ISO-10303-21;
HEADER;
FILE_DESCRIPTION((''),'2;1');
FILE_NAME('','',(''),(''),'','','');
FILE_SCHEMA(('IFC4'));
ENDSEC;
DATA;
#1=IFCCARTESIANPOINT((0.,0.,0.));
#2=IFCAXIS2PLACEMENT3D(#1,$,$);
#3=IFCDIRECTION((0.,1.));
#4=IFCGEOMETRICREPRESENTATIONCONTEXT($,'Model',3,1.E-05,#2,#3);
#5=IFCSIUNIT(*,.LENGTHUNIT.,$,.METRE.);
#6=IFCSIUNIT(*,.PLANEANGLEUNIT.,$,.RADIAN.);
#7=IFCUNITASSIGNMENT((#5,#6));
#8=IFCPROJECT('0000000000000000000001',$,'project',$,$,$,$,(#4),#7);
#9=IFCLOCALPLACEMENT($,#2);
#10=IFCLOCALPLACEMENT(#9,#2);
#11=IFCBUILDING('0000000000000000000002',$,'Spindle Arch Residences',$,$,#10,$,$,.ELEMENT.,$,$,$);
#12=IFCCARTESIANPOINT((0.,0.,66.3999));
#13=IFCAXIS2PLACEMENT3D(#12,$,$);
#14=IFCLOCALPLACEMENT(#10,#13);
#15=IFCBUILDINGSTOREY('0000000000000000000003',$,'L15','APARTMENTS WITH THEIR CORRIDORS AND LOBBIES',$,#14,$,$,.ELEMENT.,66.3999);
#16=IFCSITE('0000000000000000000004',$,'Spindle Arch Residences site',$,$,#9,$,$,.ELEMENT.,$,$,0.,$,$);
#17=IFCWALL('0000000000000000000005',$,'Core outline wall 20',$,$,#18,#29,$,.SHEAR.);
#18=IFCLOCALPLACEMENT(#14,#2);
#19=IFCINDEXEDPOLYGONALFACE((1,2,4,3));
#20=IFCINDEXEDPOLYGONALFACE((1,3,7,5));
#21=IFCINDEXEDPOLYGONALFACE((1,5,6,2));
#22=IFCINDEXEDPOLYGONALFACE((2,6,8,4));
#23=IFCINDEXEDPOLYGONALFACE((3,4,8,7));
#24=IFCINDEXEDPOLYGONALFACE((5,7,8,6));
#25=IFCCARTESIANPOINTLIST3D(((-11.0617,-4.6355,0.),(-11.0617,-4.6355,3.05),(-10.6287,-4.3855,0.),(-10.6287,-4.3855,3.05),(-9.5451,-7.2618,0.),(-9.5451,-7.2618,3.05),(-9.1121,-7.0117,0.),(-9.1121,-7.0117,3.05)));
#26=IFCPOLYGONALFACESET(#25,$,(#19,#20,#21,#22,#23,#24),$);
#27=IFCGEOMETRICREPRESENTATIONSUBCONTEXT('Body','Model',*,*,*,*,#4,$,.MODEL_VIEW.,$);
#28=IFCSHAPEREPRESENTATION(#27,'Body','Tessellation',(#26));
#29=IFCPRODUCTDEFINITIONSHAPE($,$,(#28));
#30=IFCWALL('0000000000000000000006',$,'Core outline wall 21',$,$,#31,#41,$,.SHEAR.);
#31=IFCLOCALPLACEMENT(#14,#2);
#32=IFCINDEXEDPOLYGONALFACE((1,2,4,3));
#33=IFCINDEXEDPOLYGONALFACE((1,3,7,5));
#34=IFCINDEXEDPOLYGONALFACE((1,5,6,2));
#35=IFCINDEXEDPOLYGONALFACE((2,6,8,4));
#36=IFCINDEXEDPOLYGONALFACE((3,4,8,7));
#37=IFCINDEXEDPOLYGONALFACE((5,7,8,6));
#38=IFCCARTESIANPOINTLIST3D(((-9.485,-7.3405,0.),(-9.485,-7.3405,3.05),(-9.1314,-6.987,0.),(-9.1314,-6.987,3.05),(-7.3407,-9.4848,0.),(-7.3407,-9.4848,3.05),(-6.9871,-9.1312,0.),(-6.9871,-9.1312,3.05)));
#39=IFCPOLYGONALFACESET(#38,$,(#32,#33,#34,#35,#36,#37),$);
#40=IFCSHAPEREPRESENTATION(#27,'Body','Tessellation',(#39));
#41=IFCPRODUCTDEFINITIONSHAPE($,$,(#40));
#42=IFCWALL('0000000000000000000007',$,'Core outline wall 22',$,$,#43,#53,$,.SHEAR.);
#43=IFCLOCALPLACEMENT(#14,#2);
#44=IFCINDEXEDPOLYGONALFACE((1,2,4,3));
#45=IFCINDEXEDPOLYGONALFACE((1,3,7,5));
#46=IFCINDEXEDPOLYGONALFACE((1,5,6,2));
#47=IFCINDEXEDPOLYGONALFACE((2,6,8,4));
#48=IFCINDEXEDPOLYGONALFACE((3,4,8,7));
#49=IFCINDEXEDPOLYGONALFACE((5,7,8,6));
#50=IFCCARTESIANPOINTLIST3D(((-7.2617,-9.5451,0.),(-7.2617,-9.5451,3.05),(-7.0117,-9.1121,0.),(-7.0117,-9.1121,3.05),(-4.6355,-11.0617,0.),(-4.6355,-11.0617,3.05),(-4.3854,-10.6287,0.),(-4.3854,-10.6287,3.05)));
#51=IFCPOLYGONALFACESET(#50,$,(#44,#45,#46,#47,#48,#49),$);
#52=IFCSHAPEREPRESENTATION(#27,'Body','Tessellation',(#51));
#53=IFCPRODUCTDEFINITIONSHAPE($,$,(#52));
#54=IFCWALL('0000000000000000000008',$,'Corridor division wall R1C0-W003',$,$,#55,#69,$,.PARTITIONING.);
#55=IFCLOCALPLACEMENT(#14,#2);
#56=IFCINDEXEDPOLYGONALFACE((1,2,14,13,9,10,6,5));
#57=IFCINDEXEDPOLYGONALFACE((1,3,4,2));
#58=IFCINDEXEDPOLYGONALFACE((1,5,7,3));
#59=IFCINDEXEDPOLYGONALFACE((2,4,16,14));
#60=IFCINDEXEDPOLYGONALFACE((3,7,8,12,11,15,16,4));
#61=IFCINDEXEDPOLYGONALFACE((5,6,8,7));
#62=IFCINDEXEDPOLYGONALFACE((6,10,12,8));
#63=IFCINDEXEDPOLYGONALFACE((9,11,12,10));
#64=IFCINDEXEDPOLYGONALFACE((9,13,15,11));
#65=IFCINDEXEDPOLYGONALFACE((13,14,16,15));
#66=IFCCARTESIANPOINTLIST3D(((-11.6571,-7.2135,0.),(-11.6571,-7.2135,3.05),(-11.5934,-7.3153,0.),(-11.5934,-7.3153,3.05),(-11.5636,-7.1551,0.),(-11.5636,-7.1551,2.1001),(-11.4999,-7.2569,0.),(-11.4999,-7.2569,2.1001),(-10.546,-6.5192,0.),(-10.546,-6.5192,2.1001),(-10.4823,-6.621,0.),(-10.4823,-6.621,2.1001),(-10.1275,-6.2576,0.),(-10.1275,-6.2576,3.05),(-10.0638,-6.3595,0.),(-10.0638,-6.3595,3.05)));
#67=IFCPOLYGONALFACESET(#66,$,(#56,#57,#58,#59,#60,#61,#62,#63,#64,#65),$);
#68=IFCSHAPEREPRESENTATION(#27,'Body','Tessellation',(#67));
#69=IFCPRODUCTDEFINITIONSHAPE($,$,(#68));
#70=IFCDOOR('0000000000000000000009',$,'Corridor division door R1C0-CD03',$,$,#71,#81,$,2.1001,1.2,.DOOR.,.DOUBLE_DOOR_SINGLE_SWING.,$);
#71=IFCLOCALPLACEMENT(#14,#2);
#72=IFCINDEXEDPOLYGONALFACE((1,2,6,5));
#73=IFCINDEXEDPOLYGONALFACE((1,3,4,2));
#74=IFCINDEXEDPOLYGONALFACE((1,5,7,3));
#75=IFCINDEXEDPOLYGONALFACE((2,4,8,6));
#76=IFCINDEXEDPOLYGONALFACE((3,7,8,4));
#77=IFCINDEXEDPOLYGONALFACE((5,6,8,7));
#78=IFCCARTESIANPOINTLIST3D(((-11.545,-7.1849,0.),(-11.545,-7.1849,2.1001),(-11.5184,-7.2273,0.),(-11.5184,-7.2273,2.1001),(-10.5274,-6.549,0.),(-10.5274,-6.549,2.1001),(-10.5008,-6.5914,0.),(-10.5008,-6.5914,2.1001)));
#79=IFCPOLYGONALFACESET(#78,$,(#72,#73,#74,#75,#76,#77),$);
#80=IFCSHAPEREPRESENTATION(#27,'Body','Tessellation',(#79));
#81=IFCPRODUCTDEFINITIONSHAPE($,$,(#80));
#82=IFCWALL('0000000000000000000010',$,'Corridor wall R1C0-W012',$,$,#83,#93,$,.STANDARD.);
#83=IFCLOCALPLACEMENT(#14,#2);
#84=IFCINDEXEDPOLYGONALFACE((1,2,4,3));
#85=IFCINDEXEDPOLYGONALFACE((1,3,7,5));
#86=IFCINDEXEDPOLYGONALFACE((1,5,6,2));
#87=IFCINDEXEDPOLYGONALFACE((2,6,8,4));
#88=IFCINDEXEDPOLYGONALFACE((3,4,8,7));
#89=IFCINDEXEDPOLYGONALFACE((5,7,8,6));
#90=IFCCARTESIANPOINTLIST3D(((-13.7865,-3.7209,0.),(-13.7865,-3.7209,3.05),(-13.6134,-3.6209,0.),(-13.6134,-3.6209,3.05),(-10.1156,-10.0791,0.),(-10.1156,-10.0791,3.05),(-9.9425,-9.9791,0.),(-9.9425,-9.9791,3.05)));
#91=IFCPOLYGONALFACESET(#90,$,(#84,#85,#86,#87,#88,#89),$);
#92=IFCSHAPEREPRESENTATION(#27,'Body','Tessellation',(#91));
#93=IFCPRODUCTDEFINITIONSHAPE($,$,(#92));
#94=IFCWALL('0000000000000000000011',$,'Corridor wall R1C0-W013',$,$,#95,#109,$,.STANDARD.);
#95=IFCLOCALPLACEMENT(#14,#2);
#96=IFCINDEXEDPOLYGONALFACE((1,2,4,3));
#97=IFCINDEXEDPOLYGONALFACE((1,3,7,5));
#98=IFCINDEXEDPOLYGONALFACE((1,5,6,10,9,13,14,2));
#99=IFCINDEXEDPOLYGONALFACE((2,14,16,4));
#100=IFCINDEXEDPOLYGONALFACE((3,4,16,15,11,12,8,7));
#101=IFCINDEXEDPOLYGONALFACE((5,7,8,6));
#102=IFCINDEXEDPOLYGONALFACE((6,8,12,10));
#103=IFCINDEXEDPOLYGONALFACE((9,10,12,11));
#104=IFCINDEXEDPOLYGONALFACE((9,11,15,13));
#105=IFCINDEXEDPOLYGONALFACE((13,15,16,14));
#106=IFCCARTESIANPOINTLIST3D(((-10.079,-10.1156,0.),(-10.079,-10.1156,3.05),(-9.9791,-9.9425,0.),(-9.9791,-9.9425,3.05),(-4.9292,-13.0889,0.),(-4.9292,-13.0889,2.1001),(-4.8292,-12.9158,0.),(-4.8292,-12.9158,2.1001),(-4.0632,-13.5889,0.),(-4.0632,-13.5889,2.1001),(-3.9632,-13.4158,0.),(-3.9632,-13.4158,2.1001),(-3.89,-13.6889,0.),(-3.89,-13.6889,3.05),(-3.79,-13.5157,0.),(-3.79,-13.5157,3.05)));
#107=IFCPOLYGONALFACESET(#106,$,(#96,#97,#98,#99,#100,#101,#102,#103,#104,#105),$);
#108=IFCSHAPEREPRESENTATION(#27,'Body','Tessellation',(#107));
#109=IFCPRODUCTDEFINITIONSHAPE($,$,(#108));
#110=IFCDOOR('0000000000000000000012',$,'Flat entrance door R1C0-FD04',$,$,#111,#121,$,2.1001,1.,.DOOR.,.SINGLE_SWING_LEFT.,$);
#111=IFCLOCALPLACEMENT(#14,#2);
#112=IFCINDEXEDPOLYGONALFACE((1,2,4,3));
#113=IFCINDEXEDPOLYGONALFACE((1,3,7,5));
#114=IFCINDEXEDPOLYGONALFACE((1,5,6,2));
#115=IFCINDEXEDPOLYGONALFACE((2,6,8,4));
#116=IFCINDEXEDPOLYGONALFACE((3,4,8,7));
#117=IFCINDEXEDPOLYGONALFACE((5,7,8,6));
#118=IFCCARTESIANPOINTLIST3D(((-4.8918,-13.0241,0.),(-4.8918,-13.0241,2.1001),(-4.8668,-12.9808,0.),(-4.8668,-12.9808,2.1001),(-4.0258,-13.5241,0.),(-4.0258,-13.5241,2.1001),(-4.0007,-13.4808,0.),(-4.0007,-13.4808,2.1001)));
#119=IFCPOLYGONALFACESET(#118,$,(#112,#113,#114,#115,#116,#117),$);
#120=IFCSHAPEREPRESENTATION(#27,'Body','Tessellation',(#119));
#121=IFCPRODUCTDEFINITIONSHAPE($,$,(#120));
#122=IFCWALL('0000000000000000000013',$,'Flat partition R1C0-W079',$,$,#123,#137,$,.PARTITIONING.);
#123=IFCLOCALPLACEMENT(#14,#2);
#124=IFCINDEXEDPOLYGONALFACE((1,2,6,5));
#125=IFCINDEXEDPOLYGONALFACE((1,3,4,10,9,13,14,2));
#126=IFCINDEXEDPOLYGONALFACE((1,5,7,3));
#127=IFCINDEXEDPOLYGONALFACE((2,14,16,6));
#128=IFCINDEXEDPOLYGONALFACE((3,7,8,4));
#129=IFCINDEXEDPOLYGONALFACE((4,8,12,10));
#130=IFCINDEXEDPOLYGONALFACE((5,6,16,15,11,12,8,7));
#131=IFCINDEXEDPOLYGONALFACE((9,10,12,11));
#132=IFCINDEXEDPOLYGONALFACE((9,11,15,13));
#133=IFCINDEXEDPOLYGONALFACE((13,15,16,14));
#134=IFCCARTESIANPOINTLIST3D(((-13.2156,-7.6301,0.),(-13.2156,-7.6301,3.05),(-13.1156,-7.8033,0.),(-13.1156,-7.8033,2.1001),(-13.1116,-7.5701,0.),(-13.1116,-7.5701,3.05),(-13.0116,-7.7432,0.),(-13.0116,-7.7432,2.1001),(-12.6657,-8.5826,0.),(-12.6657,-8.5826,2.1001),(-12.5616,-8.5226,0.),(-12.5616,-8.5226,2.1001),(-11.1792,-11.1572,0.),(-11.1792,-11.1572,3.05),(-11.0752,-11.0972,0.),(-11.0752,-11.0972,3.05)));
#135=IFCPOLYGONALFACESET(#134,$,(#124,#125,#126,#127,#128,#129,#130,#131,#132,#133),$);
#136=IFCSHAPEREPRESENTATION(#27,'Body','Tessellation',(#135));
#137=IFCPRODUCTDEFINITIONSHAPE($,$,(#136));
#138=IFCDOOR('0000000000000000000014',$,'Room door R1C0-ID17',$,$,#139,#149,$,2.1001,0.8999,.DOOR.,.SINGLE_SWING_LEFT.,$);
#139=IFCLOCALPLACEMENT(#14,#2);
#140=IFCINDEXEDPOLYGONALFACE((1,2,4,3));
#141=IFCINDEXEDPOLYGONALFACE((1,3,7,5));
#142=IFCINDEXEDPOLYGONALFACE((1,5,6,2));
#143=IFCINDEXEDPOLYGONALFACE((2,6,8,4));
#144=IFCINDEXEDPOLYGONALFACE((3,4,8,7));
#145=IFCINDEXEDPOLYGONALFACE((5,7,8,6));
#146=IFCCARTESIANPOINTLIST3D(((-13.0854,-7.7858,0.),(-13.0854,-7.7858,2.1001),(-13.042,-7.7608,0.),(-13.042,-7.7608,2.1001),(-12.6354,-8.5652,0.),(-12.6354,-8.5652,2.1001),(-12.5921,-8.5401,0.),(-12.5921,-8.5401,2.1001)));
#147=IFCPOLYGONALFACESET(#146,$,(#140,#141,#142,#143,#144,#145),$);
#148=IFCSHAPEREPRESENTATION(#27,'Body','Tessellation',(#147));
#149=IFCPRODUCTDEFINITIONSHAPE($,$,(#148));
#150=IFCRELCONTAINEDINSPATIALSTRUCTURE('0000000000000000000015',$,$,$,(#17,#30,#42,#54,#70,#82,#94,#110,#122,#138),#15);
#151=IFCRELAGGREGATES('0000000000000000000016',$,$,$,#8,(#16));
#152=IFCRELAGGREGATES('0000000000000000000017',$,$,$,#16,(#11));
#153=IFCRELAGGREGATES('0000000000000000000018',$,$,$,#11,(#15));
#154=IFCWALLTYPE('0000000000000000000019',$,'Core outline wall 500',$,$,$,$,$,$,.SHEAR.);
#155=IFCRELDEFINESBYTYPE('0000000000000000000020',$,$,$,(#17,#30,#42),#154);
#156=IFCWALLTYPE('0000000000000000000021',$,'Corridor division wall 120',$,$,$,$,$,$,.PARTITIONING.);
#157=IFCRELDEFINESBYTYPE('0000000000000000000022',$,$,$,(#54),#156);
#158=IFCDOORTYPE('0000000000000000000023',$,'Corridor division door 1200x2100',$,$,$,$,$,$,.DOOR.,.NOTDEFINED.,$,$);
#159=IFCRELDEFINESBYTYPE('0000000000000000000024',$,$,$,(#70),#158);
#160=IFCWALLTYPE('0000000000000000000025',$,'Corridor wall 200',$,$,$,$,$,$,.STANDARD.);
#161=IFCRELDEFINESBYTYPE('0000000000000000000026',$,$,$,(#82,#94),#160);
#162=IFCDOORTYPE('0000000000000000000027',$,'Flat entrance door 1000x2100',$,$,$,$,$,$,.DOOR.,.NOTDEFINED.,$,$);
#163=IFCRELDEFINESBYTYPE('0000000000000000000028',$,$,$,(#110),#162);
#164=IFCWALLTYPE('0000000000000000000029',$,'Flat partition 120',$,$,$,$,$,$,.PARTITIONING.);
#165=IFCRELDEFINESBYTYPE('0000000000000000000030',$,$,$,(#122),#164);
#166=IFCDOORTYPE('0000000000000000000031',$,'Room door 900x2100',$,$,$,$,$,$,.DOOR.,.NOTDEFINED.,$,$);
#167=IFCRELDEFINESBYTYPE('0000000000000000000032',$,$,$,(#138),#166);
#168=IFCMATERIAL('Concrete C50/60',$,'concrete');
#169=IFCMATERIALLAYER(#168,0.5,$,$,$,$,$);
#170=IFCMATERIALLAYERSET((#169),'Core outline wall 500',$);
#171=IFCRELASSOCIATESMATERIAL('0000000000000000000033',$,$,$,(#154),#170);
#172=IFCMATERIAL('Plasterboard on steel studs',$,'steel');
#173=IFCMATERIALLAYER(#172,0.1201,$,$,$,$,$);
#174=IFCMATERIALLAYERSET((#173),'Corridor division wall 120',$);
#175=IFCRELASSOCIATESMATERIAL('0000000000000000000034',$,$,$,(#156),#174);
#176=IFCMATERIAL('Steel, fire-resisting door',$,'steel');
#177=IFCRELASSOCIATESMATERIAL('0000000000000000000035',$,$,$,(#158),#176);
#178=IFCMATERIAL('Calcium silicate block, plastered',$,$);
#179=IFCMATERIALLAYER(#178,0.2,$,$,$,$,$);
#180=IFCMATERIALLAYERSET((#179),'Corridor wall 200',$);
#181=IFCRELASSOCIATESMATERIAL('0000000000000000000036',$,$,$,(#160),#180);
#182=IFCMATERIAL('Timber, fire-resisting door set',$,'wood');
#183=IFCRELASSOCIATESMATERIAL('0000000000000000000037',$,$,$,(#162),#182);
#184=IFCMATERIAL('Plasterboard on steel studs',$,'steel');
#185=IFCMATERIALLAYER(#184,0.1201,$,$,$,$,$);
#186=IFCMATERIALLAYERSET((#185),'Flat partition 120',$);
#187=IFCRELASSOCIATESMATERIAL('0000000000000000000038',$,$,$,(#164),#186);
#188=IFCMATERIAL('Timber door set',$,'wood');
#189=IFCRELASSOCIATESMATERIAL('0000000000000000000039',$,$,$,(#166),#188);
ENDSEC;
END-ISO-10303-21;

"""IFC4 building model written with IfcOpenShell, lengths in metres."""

from ifc_helpers import new_model, si_unit, direction, frame, frame_2d, origin, place, context, subcontext, project, spatial, rectangle, extrude, material, layer, layer_set, type_object, element, fill, save


model = new_model("IFC4")

# Units and contexts
model_context = context("Model", 3, precision=1e-05, world=origin(), true_north=direction((0.0, 1.0)))
body_context = subcontext(model_context, "Body", "Model", "MODEL_VIEW")
ifc_project = project(units=[si_unit("LENGTHUNIT", "METRE"), si_unit("PLANEANGLEUNIT", "RADIAN")], contexts=[model_context])

# Site, building, storey
site_placement = place(None, origin())
site = spatial("IfcSite", under=ifc_project, at=site_placement, Name="Spindle Arch Residences site", CompositionType="ELEMENT", RefElevation=0.0)
building_placement = place(site_placement, origin())
building = spatial("IfcBuilding", under=site, at=building_placement, Name="Spindle Arch Residences", CompositionType="ELEMENT")
storey_placement = place(building_placement, frame((0.0, 0.0, 66.3999)))
storey = spatial("IfcBuildingStorey", under=building, at=storey_placement, Name="L15", Description="APARTMENTS WITH THEIR CORRIDORS AND LOBBIES", CompositionType="ELEMENT", Elevation=66.3999)

# Walls
ifc_material_1 = material(Name="Concrete C50/60", Category="concrete")
ifc_layer_1 = layer(ifc_material_1, 0.5)
ifc_layer_set_1 = layer_set([ifc_layer_1], Name="Core outline wall 500")
wall_type_1 = type_object("IfcWallType", Name="Core outline wall 500", PredefinedType="SHEAR", material=ifc_layer_set_1)
wall_1_placement = place(storey_placement, frame((-10.8452, -4.5105, 0.0), z_axis=(0.0, 0.0, 1.0), x_axis=(0.500087, -0.865975, 0.0)))
element("IfcWall", 1, at=wall_1_placement, inside=storey, type_object=wall_type_1, Name="Core outline wall 20", PredefinedType="SHEAR", context=body_context, shape_type="SweptSolid", body=[
    extrude(rectangle(XDim=3.0327, YDim=0.5, at=frame_2d((1.5164, 0.0))), origin(), (0.0, 0.0, 1.0), 3.05),
])
wall_2_placement = place(storey_placement, frame((-9.3081, -7.1638, 0.0), z_axis=(0.0, 0.0, 1.0), x_axis=(0.707107, -0.707107, 0.0)))
element("IfcWall", 2, at=wall_2_placement, inside=storey, type_object=wall_type_1, Name="Core outline wall 21", PredefinedType="SHEAR", context=body_context, shape_type="SweptSolid", body=[
    extrude(rectangle(XDim=3.0325, YDim=0.5, at=frame_2d((1.5161, 0.0))), origin(), (0.0, 0.0, 1.0), 3.05),
])
wall_3_placement = place(storey_placement, frame((-7.1367, -9.3286, 0.0), z_axis=(0.0, 0.0, 1.0), x_axis=(0.865975, -0.500087, 0.0)))
element("IfcWall", 3, at=wall_3_placement, inside=storey, type_object=wall_type_1, Name="Core outline wall 22", PredefinedType="SHEAR", context=body_context, shape_type="SweptSolid", body=[
    extrude(rectangle(XDim=3.0327, YDim=0.5, at=frame_2d((1.5164, 0.0))), origin(), (0.0, 0.0, 1.0), 3.05),
])

# Wall, opening, door
ifc_material_2 = material(Name="Plasterboard on steel studs", Category="steel")
ifc_layer_2 = layer(ifc_material_2, 0.1201)
ifc_layer_set_2 = layer_set([ifc_layer_2], Name="Corridor division wall 120")
wall_type_2 = type_object("IfcWallType", Name="Corridor division wall 120", PredefinedType="PARTITIONING", material=ifc_layer_set_2)
wall_4_placement = place(storey_placement, frame((-11.6252, -7.2644, 0.0), z_axis=(0.0, 0.0, 1.0), x_axis=(0.848036, 0.529938, 0.0)))
wall_4 = element("IfcWall", 4, at=wall_4_placement, inside=storey, type_object=wall_type_2, Name="Corridor division wall R1C0-W003", PredefinedType="PARTITIONING", context=body_context, shape_type="SweptSolid", body=[
    extrude(rectangle(XDim=1.8037, YDim=0.1201, at=frame_2d((0.9019, 0.0))), origin(), (0.0, 0.0, 1.0), 3.05),
])
opening_1_placement = place(wall_4_placement, frame((0.1101, 0.0, 0.0)))
opening_1 = element("IfcOpeningElement", 5, at=opening_1_placement, cuts=wall_4, PredefinedType="OPENING", context=body_context, shape_type="SweptSolid", body=[
    extrude(rectangle(XDim=1.2, YDim=2.1001, at=frame_2d((0.6001, 1.05))), frame((0.0, 0.0701, 0.0), z_axis=(0.0, -1.0, 0.0), x_axis=(1.0, 0.0, 0.0)), (0.0, 0.0, 1.0), 0.1401),
])
ifc_material_3 = material(Name="Steel, fire-resisting door", Category="steel")
door_type_1 = type_object("IfcDoorType", Name="Corridor division door 1200x2100", OperationType="NOTDEFINED", PredefinedType="DOOR", material=ifc_material_3)
door_1_placement = place(opening_1_placement, origin())
door_1 = element("IfcDoor", 6, at=door_1_placement, inside=storey, type_object=door_type_1, Name="Corridor division door R1C0-CD03", OperationType="DOUBLE_DOOR_SINGLE_SWING", OverallHeight=2.1001, OverallWidth=1.2, PredefinedType="DOOR", context=body_context, shape_type="SweptSolid", body=[
    extrude(rectangle(XDim=1.2, YDim=2.1001, at=frame_2d((0.6001, 1.05))), frame((0.0, 0.0249, 0.0), z_axis=(0.0, -1.0, 0.0), x_axis=(1.0, 0.0, 0.0)), (0.0, 0.0, 1.0), 0.05),
])
fill(opening_1, door_1)

# Wall
ifc_material_4 = material(Name="Calcium silicate block, plastered")
ifc_layer_3 = layer(ifc_material_4, 0.2)
ifc_layer_set_3 = layer_set([ifc_layer_3], Name="Corridor wall 200")
wall_type_3 = type_object("IfcWallType", Name="Corridor wall 200", PredefinedType="STANDARD", material=ifc_layer_set_3)
wall_5_placement = place(storey_placement, frame((-13.7, -3.6709, 0.0), z_axis=(0.0, 0.0, 1.0), x_axis=(0.500002, -0.866024, 0.0)))
element("IfcWall", 7, at=wall_5_placement, inside=storey, type_object=wall_type_3, Name="Corridor wall R1C0-W012", PredefinedType="STANDARD", context=body_context, shape_type="SweptSolid", body=[
    extrude(rectangle(XDim=7.3418, YDim=0.2, at=frame_2d((3.6709, 0.0))), origin(), (0.0, 0.0, 1.0), 3.05),
])

# Walls, openings, doors
wall_6_placement = place(storey_placement, frame((-10.0291, -10.0291, 0.0), z_axis=(0.0, 0.0, 1.0), x_axis=(0.866023, -0.500004, 0.0)))
wall_6 = element("IfcWall", 8, at=wall_6_placement, inside=storey, type_object=wall_type_3, Name="Corridor wall R1C0-W013", PredefinedType="STANDARD", context=body_context, shape_type="SweptSolid", body=[
    extrude(rectangle(XDim=7.1465, YDim=0.2, at=frame_2d((3.5732, 0.0))), origin(), (0.0, 0.0, 1.0), 3.05),
])
opening_2_placement = place(wall_6_placement, frame((5.9465, 0.0, 0.0)))
opening_2 = element("IfcOpeningElement", 9, at=opening_2_placement, cuts=wall_6, PredefinedType="OPENING", context=body_context, shape_type="SweptSolid", body=[
    extrude(rectangle(XDim=1.0, YDim=2.1001, at=frame_2d((0.5, 1.05))), frame((0.0, 0.1099, 0.0), z_axis=(0.0, -1.0, 0.0), x_axis=(1.0, 0.0, 0.0)), (0.0, 0.0, 1.0), 0.22),
])
ifc_material_5 = material(Name="Timber, fire-resisting door set", Category="wood")
door_type_2 = type_object("IfcDoorType", Name="Flat entrance door 1000x2100", OperationType="NOTDEFINED", PredefinedType="DOOR", material=ifc_material_5)
door_2_placement = place(opening_2_placement, origin())
door_2 = element("IfcDoor", 10, at=door_2_placement, inside=storey, type_object=door_type_2, Name="Flat entrance door R1C0-FD04", OperationType="SINGLE_SWING_LEFT", OverallHeight=2.1001, OverallWidth=1.0, PredefinedType="DOOR", context=body_context, shape_type="SweptSolid", body=[
    extrude(rectangle(XDim=1.0, YDim=2.1001, at=frame_2d((0.5, 1.05))), frame((0.0, 0.0249, 0.0), z_axis=(0.0, -1.0, 0.0), x_axis=(1.0, 0.0, 0.0)), (0.0, 0.0, 1.0), 0.05),
])
fill(opening_2, door_2)
ifc_material_6 = material(Name="Plasterboard on steel studs", Category="steel")
ifc_layer_4 = layer(ifc_material_6, 0.1201)
ifc_layer_set_4 = layer_set([ifc_layer_4], Name="Flat partition 120")
wall_type_4 = type_object("IfcWallType", Name="Flat partition 120", PredefinedType="PARTITIONING", material=ifc_layer_set_4)
wall_7_placement = place(storey_placement, frame((-13.1636, -7.6001, 0.0), z_axis=(0.0, 0.0, 1.0), x_axis=(0.500001, -0.866025, 0.0)))
wall_7 = element("IfcWall", 11, at=wall_7_placement, inside=storey, type_object=wall_type_4, Name="Flat partition R1C0-W079", PredefinedType="PARTITIONING", context=body_context, shape_type="SweptSolid", body=[
    extrude(rectangle(XDim=4.0728, YDim=0.1201, at=frame_2d((2.0364, 0.0))), origin(), (0.0, 0.0, 1.0), 3.05),
])
opening_3_placement = place(wall_7_placement, frame((0.2, 0.0, 0.0)))
opening_3 = element("IfcOpeningElement", 12, at=opening_3_placement, cuts=wall_7, PredefinedType="OPENING", context=body_context, shape_type="SweptSolid", body=[
    extrude(rectangle(XDim=0.8999, YDim=2.1001, at=frame_2d((0.45, 1.05))), frame((0.0, 0.0701, 0.0), z_axis=(0.0, -1.0, 0.0), x_axis=(1.0, 0.0, 0.0)), (0.0, 0.0, 1.0), 0.1401),
])
ifc_material_7 = material(Name="Timber door set", Category="wood")
door_type_3 = type_object("IfcDoorType", Name="Room door 900x2100", OperationType="NOTDEFINED", PredefinedType="DOOR", material=ifc_material_7)
door_3_placement = place(opening_3_placement, origin())
door_3 = element("IfcDoor", 13, at=door_3_placement, inside=storey, type_object=door_type_3, Name="Room door R1C0-ID17", OperationType="SINGLE_SWING_LEFT", OverallHeight=2.1001, OverallWidth=0.8999, PredefinedType="DOOR", context=body_context, shape_type="SweptSolid", body=[
    extrude(rectangle(XDim=0.8999, YDim=2.1001, at=frame_2d((0.45, 1.05))), frame((0.0, 0.0249, 0.0), z_axis=(0.0, -1.0, 0.0), x_axis=(1.0, 0.0, 0.0)), (0.0, 0.0, 1.0), 0.05),
])
fill(opening_3, door_3)

save(model, "model.ifc")
